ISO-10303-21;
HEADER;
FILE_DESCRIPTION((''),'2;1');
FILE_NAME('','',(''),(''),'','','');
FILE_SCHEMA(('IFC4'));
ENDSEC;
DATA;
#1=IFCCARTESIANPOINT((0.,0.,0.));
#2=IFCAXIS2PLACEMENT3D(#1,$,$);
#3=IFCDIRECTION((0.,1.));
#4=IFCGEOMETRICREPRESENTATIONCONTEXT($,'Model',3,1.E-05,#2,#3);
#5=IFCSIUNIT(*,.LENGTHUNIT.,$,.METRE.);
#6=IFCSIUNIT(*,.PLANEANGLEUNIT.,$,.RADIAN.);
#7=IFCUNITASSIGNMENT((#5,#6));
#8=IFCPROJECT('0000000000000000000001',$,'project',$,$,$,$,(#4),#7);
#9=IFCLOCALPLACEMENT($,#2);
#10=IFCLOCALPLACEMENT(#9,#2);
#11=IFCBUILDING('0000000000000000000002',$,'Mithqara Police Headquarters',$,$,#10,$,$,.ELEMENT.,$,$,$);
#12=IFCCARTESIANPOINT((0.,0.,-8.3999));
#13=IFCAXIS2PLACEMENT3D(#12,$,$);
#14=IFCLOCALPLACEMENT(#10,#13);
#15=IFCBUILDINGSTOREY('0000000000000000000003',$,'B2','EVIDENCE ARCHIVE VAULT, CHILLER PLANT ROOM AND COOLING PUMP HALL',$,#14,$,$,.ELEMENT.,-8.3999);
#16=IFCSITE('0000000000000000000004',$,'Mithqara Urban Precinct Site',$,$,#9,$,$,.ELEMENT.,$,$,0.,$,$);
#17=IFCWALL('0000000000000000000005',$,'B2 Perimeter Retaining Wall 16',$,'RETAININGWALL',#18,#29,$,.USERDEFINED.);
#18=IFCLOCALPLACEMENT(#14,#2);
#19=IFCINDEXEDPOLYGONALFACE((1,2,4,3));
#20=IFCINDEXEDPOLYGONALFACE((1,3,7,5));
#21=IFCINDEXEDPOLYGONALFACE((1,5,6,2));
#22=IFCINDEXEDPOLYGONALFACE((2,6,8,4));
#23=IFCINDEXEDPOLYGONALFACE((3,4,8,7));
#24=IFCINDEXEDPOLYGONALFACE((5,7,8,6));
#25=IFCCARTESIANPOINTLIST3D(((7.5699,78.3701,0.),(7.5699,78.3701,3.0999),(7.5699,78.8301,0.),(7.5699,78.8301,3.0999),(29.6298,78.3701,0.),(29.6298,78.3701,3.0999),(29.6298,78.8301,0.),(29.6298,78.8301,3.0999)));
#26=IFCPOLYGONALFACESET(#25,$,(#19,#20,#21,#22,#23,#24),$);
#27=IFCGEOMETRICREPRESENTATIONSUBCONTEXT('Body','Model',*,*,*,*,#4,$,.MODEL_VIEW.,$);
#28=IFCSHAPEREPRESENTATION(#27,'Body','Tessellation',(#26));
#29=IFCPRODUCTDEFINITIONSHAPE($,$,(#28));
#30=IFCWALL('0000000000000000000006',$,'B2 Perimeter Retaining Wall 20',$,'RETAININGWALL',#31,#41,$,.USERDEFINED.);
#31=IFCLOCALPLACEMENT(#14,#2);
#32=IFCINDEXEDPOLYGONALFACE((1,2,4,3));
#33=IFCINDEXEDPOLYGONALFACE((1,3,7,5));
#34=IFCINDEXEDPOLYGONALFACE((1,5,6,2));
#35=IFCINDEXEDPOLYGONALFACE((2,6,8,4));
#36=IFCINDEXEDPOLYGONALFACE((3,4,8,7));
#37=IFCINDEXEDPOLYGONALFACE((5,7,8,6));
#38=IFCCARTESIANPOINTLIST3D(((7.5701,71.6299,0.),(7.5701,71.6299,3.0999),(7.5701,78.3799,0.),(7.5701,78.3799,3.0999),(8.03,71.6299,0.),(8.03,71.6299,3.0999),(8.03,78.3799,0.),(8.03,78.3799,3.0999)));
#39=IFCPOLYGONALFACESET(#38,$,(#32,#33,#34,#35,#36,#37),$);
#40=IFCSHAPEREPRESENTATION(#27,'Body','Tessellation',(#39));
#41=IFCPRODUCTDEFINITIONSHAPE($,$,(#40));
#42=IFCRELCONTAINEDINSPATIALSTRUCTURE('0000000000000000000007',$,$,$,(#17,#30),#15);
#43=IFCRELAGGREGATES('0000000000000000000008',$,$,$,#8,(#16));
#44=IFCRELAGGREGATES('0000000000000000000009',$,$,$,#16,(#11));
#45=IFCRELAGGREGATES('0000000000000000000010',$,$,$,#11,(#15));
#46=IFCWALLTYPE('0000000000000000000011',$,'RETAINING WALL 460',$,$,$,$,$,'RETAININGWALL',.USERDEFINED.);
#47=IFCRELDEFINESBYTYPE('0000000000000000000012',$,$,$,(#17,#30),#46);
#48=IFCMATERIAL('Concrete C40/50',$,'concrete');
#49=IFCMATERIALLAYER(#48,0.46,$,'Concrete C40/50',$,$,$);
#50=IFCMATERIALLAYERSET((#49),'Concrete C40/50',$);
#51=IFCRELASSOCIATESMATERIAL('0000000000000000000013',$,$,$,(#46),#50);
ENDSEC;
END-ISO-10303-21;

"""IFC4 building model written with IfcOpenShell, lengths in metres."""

from ifc_helpers import new_model, si_unit, direction, frame, frame_2d, origin, place, context, subcontext, project, spatial, rectangle, extrude, material, layer, layer_set, type_object, element, save


model = new_model("IFC4")

# Units and contexts
model_context = context("Model", 3, precision=1e-05, world=origin(), true_north=direction((0.0, 1.0)))
body_context = subcontext(model_context, "Body", "Model", "MODEL_VIEW")
ifc_project = project(units=[si_unit("LENGTHUNIT", "METRE"), si_unit("PLANEANGLEUNIT", "RADIAN")], contexts=[model_context])

# Site, building, storey
site_placement = place(None, origin())
site = spatial("IfcSite", under=ifc_project, at=site_placement, Name="Mithqara Urban Precinct Site", CompositionType="ELEMENT", RefElevation=0.0)
building_placement = place(site_placement, origin())
building = spatial("IfcBuilding", under=site, at=building_placement, Name="Mithqara Police Headquarters", CompositionType="ELEMENT")
storey_placement = place(building_placement, frame((0.0, 0.0, -8.3999)))
storey = spatial("IfcBuildingStorey", under=building, at=storey_placement, Name="B2", Description="EVIDENCE ARCHIVE VAULT, CHILLER PLANT ROOM AND COOLING PUMP HALL", CompositionType="ELEMENT", Elevation=-8.3999)

# Shared definitions
ifc_material_1 = material(Name="Concrete C40/50", Category="concrete")

# Walls
ifc_layer = layer(ifc_material_1, 0.46, Name="Concrete C40/50")
ifc_layer_set = layer_set([ifc_layer], Name="Concrete C40/50")
wall_type = type_object("IfcWallType", Name="RETAINING WALL 460", ElementType="RETAININGWALL", PredefinedType="USERDEFINED", material=ifc_layer_set)
wall_1_placement = place(storey_placement, frame((7.5701, 78.6001, 0.0), z_axis=(0.0, 0.0, 1.0), x_axis=(1.0, 0.0, 0.0)))
element("IfcWall", 1, at=wall_1_placement, inside=storey, type_object=wall_type, Name="B2 Perimeter Retaining Wall 16", ObjectType="RETAININGWALL", PredefinedType="USERDEFINED", context=body_context, shape_type="SweptSolid", body=[
    extrude(rectangle(XDim=22.0598, YDim=0.46, at=frame_2d((11.0298, 0.0))), origin(), (0.0, 0.0, 1.0), 3.0999),
])
wall_2_placement = place(storey_placement, frame((7.8, 71.6299, 0.0), z_axis=(0.0, 0.0, 1.0), x_axis=(0.0, 1.0, 0.0)))
element("IfcWall", 2, at=wall_2_placement, inside=storey, type_object=wall_type, Name="B2 Perimeter Retaining Wall 20", ObjectType="RETAININGWALL", PredefinedType="USERDEFINED", context=body_context, shape_type="SweptSolid", body=[
    extrude(rectangle(XDim=6.75, YDim=0.46, at=frame_2d((3.375, 0.0))), origin(), (0.0, 0.0, 1.0), 3.0999),
])

save(model, "model.ifc")
